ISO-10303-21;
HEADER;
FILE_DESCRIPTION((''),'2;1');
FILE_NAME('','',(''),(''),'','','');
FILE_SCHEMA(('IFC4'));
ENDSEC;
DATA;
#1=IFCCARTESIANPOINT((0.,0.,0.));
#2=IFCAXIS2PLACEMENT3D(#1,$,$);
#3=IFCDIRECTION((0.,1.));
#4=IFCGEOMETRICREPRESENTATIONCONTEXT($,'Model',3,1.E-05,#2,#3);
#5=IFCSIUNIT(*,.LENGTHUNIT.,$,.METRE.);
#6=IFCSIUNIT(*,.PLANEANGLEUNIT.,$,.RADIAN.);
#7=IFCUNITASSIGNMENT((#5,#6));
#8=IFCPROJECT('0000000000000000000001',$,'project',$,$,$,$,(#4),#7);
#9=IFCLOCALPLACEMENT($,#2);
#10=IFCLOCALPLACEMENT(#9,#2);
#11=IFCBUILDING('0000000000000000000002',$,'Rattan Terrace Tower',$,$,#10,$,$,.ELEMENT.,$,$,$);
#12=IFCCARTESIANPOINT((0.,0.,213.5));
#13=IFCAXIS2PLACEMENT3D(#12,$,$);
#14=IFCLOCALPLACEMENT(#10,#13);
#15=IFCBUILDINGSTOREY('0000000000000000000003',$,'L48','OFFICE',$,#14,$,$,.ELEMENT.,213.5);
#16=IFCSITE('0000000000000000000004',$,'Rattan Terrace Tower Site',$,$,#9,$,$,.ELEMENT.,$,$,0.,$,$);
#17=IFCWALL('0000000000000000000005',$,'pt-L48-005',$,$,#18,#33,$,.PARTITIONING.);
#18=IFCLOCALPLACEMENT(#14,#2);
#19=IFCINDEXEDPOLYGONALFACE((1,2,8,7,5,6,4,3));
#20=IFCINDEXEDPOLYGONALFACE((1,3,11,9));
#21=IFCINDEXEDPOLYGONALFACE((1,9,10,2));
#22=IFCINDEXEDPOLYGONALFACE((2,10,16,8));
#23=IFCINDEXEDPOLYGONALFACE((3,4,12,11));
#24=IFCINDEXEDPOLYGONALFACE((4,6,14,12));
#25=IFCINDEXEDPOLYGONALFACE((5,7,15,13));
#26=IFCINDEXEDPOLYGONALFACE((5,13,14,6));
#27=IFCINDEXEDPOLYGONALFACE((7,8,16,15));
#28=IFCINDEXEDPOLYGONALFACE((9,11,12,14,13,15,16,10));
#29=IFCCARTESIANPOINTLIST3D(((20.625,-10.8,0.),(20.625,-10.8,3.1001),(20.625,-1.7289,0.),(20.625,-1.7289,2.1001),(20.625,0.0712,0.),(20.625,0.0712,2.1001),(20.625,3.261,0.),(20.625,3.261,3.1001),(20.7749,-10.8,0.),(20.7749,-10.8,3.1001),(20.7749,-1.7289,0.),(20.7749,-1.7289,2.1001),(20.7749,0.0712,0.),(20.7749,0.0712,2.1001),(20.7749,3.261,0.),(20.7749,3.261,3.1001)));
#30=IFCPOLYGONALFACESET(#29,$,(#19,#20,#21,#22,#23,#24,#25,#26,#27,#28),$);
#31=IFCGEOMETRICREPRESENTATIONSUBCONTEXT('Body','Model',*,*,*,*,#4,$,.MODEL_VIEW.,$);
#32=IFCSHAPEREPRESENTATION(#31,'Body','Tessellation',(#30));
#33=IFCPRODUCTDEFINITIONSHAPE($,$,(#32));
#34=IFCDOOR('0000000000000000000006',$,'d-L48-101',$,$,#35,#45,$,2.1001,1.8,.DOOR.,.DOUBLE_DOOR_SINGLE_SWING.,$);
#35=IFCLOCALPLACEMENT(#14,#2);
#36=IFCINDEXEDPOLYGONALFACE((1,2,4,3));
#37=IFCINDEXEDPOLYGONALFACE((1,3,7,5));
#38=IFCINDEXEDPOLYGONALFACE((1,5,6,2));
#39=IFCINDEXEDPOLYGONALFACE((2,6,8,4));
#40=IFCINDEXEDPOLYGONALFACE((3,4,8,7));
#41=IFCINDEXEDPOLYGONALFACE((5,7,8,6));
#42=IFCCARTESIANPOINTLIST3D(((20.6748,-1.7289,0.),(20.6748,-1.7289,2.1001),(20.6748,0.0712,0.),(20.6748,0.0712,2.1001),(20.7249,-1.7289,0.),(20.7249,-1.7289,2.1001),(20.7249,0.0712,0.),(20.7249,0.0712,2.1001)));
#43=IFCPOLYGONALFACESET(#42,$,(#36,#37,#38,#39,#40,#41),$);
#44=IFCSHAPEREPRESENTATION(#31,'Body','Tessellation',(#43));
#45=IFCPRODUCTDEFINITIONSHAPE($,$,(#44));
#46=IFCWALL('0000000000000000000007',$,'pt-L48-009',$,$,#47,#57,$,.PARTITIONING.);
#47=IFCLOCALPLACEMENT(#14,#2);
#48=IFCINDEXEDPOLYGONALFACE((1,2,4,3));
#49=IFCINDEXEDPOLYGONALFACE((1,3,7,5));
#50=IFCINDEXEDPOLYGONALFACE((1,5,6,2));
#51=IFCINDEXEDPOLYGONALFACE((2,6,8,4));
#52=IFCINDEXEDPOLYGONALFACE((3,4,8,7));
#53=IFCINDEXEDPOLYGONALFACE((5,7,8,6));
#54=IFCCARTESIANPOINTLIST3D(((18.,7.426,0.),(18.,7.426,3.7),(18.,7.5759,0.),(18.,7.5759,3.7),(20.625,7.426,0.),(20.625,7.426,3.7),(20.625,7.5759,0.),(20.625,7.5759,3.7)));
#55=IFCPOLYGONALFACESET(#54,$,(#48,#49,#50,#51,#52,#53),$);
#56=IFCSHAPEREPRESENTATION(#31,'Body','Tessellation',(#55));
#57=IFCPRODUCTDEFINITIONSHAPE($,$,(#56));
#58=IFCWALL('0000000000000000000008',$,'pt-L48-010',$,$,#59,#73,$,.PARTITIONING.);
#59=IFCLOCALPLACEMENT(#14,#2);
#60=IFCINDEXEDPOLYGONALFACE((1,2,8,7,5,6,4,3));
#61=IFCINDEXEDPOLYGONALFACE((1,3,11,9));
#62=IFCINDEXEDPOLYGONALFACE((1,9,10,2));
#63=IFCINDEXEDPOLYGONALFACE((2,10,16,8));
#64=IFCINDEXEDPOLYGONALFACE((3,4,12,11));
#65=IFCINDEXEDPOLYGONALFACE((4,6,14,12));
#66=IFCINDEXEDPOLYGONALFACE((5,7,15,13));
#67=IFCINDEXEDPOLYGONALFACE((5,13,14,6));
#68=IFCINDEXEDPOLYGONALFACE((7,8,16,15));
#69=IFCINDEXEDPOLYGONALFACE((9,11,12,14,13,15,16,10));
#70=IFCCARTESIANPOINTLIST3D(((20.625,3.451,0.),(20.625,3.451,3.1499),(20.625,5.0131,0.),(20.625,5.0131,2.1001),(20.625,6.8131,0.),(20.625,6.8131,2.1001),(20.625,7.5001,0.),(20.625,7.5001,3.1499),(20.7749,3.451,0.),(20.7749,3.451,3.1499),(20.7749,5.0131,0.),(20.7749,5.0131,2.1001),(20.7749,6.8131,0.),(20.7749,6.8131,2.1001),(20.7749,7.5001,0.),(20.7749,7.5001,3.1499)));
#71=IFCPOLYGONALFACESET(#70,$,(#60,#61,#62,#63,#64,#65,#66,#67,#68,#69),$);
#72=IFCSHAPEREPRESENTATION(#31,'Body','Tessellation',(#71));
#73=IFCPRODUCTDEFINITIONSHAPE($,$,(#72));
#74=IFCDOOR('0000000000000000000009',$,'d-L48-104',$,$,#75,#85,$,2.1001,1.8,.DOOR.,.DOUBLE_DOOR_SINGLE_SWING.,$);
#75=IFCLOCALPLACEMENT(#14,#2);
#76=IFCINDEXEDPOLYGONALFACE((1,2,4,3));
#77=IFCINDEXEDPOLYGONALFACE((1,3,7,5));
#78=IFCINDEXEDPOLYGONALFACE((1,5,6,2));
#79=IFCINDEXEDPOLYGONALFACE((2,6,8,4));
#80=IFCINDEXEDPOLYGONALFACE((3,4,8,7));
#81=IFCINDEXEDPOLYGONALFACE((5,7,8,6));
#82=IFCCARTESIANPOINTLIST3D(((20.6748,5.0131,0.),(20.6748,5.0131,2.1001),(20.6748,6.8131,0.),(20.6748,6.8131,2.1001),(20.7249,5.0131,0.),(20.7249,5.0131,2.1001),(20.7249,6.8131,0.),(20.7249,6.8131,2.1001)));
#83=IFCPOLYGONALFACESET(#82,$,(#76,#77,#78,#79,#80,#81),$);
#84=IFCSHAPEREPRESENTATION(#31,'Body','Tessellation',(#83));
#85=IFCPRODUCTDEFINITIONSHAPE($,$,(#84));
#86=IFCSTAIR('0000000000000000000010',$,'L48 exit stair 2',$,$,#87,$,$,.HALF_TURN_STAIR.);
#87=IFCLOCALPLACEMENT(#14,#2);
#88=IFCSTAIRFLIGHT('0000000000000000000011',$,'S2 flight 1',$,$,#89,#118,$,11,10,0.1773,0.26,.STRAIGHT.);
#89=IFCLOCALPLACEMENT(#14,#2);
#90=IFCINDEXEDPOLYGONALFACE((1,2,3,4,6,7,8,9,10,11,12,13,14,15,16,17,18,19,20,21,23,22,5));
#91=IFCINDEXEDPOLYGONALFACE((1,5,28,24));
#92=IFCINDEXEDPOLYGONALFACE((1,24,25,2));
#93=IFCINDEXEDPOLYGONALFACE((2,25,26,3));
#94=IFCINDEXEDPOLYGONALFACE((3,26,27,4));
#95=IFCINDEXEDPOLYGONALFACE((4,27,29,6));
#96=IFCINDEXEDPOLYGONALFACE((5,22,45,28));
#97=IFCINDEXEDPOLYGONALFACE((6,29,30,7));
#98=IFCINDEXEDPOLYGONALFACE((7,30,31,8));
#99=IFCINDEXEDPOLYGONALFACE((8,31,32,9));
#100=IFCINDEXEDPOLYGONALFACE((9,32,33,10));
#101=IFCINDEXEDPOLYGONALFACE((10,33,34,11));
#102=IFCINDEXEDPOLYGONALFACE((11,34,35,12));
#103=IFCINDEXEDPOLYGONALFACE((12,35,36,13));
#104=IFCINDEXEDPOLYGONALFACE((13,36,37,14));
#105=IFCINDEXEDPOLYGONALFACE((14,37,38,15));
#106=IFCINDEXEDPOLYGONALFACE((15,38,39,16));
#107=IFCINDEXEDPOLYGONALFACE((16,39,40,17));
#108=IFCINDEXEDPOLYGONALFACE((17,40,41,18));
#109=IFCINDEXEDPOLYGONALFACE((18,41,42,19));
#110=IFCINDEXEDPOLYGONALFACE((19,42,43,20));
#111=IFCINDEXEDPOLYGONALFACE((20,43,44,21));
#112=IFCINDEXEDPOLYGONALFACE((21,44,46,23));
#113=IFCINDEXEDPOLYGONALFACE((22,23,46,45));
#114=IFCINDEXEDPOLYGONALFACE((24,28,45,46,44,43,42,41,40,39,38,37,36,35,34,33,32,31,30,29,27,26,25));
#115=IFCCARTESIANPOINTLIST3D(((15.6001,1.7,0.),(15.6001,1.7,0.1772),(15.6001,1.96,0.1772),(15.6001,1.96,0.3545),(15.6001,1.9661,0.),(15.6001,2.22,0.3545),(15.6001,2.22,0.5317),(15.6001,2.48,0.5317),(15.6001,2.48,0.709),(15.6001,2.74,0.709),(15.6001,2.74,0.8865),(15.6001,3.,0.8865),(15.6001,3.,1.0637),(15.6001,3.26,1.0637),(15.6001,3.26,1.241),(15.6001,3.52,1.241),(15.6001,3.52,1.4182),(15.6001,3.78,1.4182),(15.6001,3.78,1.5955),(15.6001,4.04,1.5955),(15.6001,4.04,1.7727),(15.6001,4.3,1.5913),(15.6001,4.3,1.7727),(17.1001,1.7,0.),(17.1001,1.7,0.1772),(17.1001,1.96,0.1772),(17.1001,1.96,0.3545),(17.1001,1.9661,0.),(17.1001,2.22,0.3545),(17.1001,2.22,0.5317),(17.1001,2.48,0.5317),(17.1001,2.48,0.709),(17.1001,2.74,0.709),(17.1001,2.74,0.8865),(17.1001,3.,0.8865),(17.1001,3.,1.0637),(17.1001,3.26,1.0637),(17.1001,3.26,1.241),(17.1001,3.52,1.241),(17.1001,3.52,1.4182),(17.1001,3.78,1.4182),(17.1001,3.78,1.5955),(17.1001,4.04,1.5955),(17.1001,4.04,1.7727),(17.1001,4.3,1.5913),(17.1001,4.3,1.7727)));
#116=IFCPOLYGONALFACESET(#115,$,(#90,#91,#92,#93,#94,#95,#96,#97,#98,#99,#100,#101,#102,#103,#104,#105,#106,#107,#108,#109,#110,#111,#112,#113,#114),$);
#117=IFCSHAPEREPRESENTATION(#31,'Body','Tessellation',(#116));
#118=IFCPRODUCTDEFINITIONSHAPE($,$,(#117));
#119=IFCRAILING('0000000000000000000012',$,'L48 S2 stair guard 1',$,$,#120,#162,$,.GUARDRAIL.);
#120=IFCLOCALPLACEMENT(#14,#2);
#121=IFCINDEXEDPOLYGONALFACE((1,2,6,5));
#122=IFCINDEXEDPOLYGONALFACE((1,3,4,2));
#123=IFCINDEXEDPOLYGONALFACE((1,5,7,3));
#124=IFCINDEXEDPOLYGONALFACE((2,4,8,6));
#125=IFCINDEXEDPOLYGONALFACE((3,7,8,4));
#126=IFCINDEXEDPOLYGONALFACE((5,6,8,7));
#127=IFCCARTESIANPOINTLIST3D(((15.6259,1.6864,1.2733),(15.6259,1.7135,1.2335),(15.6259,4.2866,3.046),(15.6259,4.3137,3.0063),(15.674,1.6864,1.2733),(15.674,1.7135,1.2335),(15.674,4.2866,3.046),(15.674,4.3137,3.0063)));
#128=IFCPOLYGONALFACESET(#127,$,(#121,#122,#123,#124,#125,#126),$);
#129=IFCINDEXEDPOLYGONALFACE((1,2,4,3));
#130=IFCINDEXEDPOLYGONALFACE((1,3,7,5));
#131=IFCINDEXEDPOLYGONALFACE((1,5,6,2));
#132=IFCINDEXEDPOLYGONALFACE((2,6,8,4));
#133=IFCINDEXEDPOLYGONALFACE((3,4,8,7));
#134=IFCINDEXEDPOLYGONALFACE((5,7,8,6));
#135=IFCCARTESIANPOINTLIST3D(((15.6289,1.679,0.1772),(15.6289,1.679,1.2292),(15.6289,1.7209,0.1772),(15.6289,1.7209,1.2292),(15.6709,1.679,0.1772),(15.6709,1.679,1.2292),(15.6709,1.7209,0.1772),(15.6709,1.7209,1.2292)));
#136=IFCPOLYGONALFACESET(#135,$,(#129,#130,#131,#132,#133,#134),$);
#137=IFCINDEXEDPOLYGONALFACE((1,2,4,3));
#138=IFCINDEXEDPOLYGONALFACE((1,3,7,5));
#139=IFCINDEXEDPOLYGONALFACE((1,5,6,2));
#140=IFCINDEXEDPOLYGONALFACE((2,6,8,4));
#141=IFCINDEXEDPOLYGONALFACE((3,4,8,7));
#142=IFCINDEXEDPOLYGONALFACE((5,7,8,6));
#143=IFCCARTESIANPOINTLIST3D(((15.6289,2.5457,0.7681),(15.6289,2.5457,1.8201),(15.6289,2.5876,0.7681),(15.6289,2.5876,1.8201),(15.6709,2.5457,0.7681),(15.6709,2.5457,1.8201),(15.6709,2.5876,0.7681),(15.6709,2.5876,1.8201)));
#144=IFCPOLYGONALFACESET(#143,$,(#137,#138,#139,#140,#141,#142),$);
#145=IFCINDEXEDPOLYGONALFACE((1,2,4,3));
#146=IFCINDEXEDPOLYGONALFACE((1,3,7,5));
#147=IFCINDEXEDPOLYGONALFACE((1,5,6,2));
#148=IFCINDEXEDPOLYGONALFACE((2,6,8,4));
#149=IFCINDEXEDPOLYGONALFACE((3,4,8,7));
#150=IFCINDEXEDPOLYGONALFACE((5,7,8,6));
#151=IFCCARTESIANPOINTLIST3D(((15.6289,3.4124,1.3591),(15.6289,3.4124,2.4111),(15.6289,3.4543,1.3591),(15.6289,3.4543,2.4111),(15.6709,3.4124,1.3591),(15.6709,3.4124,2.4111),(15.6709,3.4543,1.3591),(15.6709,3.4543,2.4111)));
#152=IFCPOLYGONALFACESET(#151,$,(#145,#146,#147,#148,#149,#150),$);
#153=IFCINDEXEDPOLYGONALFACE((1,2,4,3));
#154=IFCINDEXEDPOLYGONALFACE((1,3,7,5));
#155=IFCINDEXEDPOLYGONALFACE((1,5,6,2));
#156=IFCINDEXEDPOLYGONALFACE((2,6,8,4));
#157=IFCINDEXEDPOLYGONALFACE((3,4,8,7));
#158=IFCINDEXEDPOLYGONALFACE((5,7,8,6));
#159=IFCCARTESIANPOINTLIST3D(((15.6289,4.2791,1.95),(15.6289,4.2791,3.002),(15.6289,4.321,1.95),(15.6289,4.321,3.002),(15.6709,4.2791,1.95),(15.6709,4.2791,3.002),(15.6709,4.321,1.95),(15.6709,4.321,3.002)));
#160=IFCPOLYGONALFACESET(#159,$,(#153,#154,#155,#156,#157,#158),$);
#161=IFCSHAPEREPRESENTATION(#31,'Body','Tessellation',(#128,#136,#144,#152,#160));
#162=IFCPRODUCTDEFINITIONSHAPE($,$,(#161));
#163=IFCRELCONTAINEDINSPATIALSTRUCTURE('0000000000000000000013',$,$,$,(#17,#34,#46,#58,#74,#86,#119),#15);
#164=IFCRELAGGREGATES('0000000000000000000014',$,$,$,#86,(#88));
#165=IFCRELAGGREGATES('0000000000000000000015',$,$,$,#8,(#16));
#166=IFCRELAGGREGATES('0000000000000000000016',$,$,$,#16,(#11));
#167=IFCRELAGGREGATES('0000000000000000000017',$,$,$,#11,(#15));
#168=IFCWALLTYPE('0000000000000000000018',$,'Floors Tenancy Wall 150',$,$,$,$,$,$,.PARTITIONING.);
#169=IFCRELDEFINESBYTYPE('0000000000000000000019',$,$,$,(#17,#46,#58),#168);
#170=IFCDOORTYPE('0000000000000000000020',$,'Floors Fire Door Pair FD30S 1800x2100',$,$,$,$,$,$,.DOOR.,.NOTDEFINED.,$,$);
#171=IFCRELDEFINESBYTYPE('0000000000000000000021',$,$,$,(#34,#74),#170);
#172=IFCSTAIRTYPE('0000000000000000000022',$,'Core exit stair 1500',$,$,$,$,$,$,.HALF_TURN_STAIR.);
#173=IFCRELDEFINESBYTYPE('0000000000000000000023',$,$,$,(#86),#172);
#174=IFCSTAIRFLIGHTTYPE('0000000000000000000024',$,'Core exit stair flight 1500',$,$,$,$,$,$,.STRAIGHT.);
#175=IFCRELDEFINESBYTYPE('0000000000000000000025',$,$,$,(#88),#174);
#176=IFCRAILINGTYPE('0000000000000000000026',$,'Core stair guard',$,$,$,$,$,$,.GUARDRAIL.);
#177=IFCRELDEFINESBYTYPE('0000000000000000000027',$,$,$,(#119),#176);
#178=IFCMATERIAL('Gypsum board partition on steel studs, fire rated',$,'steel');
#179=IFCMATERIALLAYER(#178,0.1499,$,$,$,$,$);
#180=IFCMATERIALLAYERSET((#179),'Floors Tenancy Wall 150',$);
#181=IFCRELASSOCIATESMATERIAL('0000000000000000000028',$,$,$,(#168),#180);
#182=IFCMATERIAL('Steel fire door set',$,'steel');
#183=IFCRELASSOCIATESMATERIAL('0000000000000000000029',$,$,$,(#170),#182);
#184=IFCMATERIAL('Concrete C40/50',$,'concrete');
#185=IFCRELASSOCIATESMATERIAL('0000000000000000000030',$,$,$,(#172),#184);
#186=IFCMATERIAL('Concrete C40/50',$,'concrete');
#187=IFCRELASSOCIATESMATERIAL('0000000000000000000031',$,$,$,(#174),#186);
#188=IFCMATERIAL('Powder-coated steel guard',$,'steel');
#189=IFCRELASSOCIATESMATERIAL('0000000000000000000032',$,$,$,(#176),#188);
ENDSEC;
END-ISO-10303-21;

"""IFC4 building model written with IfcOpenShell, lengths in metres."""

from ifc_helpers import new_model, si_unit, direction, frame, frame_2d, origin, origin_2d, place, context, subcontext, project, spatial, polyline, rectangle, outline, extrude, material, layer, layer_set, type_object, element, fill, aggregate, save


model = new_model("IFC4")

# Units and contexts
model_context = context("Model", 3, precision=1e-05, world=origin(), true_north=direction((0.0, 1.0)))
body_context = subcontext(model_context, "Body", "Model", "MODEL_VIEW")
ifc_project = project(units=[si_unit("LENGTHUNIT", "METRE"), si_unit("PLANEANGLEUNIT", "RADIAN")], contexts=[model_context])

# Site, building, storey
site_placement = place(None, origin())
site = spatial("IfcSite", under=ifc_project, at=site_placement, Name="Rattan Terrace Tower Site", CompositionType="ELEMENT", RefElevation=0.0)
building_placement = place(site_placement, origin())
building = spatial("IfcBuilding", under=site, at=building_placement, Name="Rattan Terrace Tower", CompositionType="ELEMENT")
storey_placement = place(building_placement, frame((0.0, 0.0, 213.5)))
storey = spatial("IfcBuildingStorey", under=building, at=storey_placement, Name="L48", Description="OFFICE", CompositionType="ELEMENT", Elevation=213.5)

# Wall, opening, door
ifc_material_1 = material(Name="Gypsum board partition on steel studs, fire rated", Category="steel")
ifc_layer_1 = layer(ifc_material_1, 0.1499)
ifc_layer_set_1 = layer_set([ifc_layer_1], Name="Floors Tenancy Wall 150")
wall_type_1 = type_object("IfcWallType", Name="Floors Tenancy Wall 150", PredefinedType="PARTITIONING", material=ifc_layer_set_1)
wall_1_placement = place(storey_placement, frame((20.7, 3.261, 0.0), z_axis=(0.0, 0.0, 1.0), x_axis=(0.0, -1.0, 0.0)))
wall_1 = element("IfcWall", 1, at=wall_1_placement, inside=storey, type_object=wall_type_1, Name="pt-L48-005", PredefinedType="PARTITIONING", context=body_context, shape_type="SweptSolid", body=[
    extrude(rectangle(XDim=14.061, YDim=0.1499, at=frame_2d((7.0305, 0.0))), origin(), (0.0, 0.0, 1.0), 3.1001),
])
opening_1_placement = place(wall_1_placement, frame((3.1899, 0.0, 0.0)))
opening_1 = element("IfcOpeningElement", 2, at=opening_1_placement, cuts=wall_1, PredefinedType="OPENING", context=body_context, shape_type="SweptSolid", body=[
    extrude(rectangle(XDim=1.8, YDim=2.1001, at=frame_2d((0.8999, 1.05))), frame((0.0, 0.0854, 0.0), z_axis=(0.0, -1.0, 0.0), x_axis=(1.0, 0.0, 0.0)), (0.0, 0.0, 1.0), 0.1709),
])
ifc_material_2 = material(Name="Steel fire door set", Category="steel")
door_type = type_object("IfcDoorType", Name="Floors Fire Door Pair FD30S 1800x2100", OperationType="NOTDEFINED", PredefinedType="DOOR", material=ifc_material_2)
door_1_placement = place(opening_1_placement, origin())
door_1 = element("IfcDoor", 3, at=door_1_placement, inside=storey, type_object=door_type, Name="d-L48-101", OperationType="DOUBLE_DOOR_SINGLE_SWING", OverallHeight=2.1001, OverallWidth=1.8, PredefinedType="DOOR", context=body_context, shape_type="SweptSolid", body=[
    extrude(rectangle(XDim=1.8, YDim=2.1001, at=frame_2d((0.8999, 1.05))), frame((0.0, 0.0249, 0.0), z_axis=(0.0, -1.0, 0.0), x_axis=(1.0, 0.0, 0.0)), (0.0, 0.0, 1.0), 0.05),
])
fill(opening_1, door_1)

# Wall
wall_2_placement = place(storey_placement, frame((18.0, 7.501, 0.0), z_axis=(0.0, 0.0, 1.0), x_axis=(1.0, 0.0, 0.0)))
element("IfcWall", 4, at=wall_2_placement, inside=storey, type_object=wall_type_1, Name="pt-L48-009", PredefinedType="PARTITIONING", context=body_context, shape_type="SweptSolid", body=[
    extrude(rectangle(XDim=2.625, YDim=0.1499, at=frame_2d((1.3125, 0.0))), origin(), (0.0, 0.0, 1.0), 3.7),
])

# Wall, opening, door
wall_3_placement = place(storey_placement, frame((20.7, 7.5, 0.0), z_axis=(0.0, 0.0, 1.0), x_axis=(0.0, -1.0, 0.0)))
wall_3 = element("IfcWall", 5, at=wall_3_placement, inside=storey, type_object=wall_type_1, Name="pt-L48-010", PredefinedType="PARTITIONING", context=body_context, shape_type="SweptSolid", body=[
    extrude(rectangle(XDim=4.0491, YDim=0.1499, at=frame_2d((2.0244, 0.0))), origin(), (0.0, 0.0, 1.0), 3.1499),
])
opening_2_placement = place(wall_3_placement, frame((0.687, 0.0, 0.0)))
opening_2 = element("IfcOpeningElement", 6, at=opening_2_placement, cuts=wall_3, PredefinedType="OPENING", context=body_context, shape_type="SweptSolid", body=[
    extrude(rectangle(XDim=1.8, YDim=2.1001, at=frame_2d((0.8999, 1.05))), frame((0.0, 0.0854, 0.0), z_axis=(0.0, -1.0, 0.0), x_axis=(1.0, 0.0, 0.0)), (0.0, 0.0, 1.0), 0.1709),
])
door_2_placement = place(opening_2_placement, origin())
door_2 = element("IfcDoor", 7, at=door_2_placement, inside=storey, type_object=door_type, Name="d-L48-104", OperationType="DOUBLE_DOOR_SINGLE_SWING", OverallHeight=2.1001, OverallWidth=1.8, PredefinedType="DOOR", context=body_context, shape_type="SweptSolid", body=[
    extrude(rectangle(XDim=1.8, YDim=2.1001, at=frame_2d((0.8999, 1.05))), frame((0.0, 0.0249, 0.0), z_axis=(0.0, -1.0, 0.0), x_axis=(1.0, 0.0, 0.0)), (0.0, 0.0, 1.0), 0.05),
])
fill(opening_2, door_2)

# Stair, stair flight
ifc_material_3 = material(Name="Concrete C40/50", Category="concrete")
stair_type = type_object("IfcStairType", Name="Core exit stair 1500", PredefinedType="HALF_TURN_STAIR", material=ifc_material_3)
stair_placement = place(storey_placement, origin())
stair = element("IfcStair", 8, at=stair_placement, inside=storey, type_object=stair_type, Name="L48 exit stair 2", PredefinedType="HALF_TURN_STAIR")
ifc_material_4 = material(Name="Concrete C40/50", Category="concrete")
stair_flight_type = type_object("IfcStairFlightType", Name="Core exit stair flight 1500", PredefinedType="STRAIGHT", material=ifc_material_4)
stair_flight_placement = place(storey_placement, frame((16.3501, 1.7, 0.0), z_axis=(0.0, 0.0, 1.0), x_axis=(0.0, 1.0, 0.0)))
stair_flight = element("IfcStairFlight", 9, at=stair_flight_placement, type_object=stair_flight_type, Name="S2 flight 1", NumberOfRisers=11, NumberOfTreads=10, PredefinedType="STRAIGHT", RiserHeight=0.1773, TreadLength=0.26, context=body_context, shape_type="SweptSolid", body=[
    extrude(outline(polyline([(0.0, 0.0), (0.0, 0.1772), (0.26, 0.1772), (0.26, 0.3545), (0.52, 0.3545), (0.52, 0.5317), (0.78, 0.5317), (0.78, 0.709), (1.04, 0.709), (1.04, 0.8865), (1.3, 0.8865), (1.3, 1.0637), (1.5601, 1.0637), (1.5601, 1.241), (1.8201, 1.241), (1.8201, 1.4182), (2.0801, 1.4182), (2.0801, 1.5955), (2.3401, 1.5955), (2.3401, 1.7727), (2.6001, 1.7727), (2.6001, 1.95), (2.6001, 1.5913), (0.2661, 0.0), (0.0, 0.0)])), frame((0.0, 0.75, 0.0), z_axis=(0.0, -1.0, 0.0), x_axis=(1.0, 0.0, 0.0)), (0.0, 0.0, 1.0), 1.5),
])
aggregate(stair, [stair_flight])

# Railing
ifc_material_5 = material(Name="Powder-coated steel guard", Category="steel")
railing_type_1 = type_object("IfcRailingType", Name="Core stair guard", PredefinedType="GUARDRAIL", material=ifc_material_5)
railing_1_placement = place(storey_placement, frame((15.6499, 1.7, 0.1772)))
element("IfcRailing", 10, at=railing_1_placement, inside=storey, type_object=railing_type_1, Name="L48 S2 stair guard 1", PredefinedType="GUARDRAIL", context=body_context, shape_type="SweptSolid", body=[
    extrude(rectangle(XDim=0.0481, YDim=0.0481, at=origin_2d()), frame((0.0, 0.0, 1.0762), z_axis=(0.0, 0.82624, 0.563318), x_axis=(-1.0, 0.0, 0.0)), (0.0, 0.0, 1.0), 3.147),
    extrude(rectangle(XDim=0.042, YDim=0.042, at=origin_2d()), origin(), (0.0, 0.0, 1.0), 1.052),
    extrude(rectangle(XDim=0.042, YDim=0.042, at=origin_2d()), frame((0.0, 0.8667, 0.5908)), (0.0, 0.0, 1.0), 1.052),
    extrude(rectangle(XDim=0.042, YDim=0.042, at=origin_2d()), frame((0.0, 1.7334, 1.1819)), (0.0, 0.0, 1.0), 1.052),
    extrude(rectangle(XDim=0.042, YDim=0.042, at=origin_2d()), frame((0.0, 2.6001, 1.7727)), (0.0, 0.0, 1.0), 1.052),
])

save(model, "model.ifc")
